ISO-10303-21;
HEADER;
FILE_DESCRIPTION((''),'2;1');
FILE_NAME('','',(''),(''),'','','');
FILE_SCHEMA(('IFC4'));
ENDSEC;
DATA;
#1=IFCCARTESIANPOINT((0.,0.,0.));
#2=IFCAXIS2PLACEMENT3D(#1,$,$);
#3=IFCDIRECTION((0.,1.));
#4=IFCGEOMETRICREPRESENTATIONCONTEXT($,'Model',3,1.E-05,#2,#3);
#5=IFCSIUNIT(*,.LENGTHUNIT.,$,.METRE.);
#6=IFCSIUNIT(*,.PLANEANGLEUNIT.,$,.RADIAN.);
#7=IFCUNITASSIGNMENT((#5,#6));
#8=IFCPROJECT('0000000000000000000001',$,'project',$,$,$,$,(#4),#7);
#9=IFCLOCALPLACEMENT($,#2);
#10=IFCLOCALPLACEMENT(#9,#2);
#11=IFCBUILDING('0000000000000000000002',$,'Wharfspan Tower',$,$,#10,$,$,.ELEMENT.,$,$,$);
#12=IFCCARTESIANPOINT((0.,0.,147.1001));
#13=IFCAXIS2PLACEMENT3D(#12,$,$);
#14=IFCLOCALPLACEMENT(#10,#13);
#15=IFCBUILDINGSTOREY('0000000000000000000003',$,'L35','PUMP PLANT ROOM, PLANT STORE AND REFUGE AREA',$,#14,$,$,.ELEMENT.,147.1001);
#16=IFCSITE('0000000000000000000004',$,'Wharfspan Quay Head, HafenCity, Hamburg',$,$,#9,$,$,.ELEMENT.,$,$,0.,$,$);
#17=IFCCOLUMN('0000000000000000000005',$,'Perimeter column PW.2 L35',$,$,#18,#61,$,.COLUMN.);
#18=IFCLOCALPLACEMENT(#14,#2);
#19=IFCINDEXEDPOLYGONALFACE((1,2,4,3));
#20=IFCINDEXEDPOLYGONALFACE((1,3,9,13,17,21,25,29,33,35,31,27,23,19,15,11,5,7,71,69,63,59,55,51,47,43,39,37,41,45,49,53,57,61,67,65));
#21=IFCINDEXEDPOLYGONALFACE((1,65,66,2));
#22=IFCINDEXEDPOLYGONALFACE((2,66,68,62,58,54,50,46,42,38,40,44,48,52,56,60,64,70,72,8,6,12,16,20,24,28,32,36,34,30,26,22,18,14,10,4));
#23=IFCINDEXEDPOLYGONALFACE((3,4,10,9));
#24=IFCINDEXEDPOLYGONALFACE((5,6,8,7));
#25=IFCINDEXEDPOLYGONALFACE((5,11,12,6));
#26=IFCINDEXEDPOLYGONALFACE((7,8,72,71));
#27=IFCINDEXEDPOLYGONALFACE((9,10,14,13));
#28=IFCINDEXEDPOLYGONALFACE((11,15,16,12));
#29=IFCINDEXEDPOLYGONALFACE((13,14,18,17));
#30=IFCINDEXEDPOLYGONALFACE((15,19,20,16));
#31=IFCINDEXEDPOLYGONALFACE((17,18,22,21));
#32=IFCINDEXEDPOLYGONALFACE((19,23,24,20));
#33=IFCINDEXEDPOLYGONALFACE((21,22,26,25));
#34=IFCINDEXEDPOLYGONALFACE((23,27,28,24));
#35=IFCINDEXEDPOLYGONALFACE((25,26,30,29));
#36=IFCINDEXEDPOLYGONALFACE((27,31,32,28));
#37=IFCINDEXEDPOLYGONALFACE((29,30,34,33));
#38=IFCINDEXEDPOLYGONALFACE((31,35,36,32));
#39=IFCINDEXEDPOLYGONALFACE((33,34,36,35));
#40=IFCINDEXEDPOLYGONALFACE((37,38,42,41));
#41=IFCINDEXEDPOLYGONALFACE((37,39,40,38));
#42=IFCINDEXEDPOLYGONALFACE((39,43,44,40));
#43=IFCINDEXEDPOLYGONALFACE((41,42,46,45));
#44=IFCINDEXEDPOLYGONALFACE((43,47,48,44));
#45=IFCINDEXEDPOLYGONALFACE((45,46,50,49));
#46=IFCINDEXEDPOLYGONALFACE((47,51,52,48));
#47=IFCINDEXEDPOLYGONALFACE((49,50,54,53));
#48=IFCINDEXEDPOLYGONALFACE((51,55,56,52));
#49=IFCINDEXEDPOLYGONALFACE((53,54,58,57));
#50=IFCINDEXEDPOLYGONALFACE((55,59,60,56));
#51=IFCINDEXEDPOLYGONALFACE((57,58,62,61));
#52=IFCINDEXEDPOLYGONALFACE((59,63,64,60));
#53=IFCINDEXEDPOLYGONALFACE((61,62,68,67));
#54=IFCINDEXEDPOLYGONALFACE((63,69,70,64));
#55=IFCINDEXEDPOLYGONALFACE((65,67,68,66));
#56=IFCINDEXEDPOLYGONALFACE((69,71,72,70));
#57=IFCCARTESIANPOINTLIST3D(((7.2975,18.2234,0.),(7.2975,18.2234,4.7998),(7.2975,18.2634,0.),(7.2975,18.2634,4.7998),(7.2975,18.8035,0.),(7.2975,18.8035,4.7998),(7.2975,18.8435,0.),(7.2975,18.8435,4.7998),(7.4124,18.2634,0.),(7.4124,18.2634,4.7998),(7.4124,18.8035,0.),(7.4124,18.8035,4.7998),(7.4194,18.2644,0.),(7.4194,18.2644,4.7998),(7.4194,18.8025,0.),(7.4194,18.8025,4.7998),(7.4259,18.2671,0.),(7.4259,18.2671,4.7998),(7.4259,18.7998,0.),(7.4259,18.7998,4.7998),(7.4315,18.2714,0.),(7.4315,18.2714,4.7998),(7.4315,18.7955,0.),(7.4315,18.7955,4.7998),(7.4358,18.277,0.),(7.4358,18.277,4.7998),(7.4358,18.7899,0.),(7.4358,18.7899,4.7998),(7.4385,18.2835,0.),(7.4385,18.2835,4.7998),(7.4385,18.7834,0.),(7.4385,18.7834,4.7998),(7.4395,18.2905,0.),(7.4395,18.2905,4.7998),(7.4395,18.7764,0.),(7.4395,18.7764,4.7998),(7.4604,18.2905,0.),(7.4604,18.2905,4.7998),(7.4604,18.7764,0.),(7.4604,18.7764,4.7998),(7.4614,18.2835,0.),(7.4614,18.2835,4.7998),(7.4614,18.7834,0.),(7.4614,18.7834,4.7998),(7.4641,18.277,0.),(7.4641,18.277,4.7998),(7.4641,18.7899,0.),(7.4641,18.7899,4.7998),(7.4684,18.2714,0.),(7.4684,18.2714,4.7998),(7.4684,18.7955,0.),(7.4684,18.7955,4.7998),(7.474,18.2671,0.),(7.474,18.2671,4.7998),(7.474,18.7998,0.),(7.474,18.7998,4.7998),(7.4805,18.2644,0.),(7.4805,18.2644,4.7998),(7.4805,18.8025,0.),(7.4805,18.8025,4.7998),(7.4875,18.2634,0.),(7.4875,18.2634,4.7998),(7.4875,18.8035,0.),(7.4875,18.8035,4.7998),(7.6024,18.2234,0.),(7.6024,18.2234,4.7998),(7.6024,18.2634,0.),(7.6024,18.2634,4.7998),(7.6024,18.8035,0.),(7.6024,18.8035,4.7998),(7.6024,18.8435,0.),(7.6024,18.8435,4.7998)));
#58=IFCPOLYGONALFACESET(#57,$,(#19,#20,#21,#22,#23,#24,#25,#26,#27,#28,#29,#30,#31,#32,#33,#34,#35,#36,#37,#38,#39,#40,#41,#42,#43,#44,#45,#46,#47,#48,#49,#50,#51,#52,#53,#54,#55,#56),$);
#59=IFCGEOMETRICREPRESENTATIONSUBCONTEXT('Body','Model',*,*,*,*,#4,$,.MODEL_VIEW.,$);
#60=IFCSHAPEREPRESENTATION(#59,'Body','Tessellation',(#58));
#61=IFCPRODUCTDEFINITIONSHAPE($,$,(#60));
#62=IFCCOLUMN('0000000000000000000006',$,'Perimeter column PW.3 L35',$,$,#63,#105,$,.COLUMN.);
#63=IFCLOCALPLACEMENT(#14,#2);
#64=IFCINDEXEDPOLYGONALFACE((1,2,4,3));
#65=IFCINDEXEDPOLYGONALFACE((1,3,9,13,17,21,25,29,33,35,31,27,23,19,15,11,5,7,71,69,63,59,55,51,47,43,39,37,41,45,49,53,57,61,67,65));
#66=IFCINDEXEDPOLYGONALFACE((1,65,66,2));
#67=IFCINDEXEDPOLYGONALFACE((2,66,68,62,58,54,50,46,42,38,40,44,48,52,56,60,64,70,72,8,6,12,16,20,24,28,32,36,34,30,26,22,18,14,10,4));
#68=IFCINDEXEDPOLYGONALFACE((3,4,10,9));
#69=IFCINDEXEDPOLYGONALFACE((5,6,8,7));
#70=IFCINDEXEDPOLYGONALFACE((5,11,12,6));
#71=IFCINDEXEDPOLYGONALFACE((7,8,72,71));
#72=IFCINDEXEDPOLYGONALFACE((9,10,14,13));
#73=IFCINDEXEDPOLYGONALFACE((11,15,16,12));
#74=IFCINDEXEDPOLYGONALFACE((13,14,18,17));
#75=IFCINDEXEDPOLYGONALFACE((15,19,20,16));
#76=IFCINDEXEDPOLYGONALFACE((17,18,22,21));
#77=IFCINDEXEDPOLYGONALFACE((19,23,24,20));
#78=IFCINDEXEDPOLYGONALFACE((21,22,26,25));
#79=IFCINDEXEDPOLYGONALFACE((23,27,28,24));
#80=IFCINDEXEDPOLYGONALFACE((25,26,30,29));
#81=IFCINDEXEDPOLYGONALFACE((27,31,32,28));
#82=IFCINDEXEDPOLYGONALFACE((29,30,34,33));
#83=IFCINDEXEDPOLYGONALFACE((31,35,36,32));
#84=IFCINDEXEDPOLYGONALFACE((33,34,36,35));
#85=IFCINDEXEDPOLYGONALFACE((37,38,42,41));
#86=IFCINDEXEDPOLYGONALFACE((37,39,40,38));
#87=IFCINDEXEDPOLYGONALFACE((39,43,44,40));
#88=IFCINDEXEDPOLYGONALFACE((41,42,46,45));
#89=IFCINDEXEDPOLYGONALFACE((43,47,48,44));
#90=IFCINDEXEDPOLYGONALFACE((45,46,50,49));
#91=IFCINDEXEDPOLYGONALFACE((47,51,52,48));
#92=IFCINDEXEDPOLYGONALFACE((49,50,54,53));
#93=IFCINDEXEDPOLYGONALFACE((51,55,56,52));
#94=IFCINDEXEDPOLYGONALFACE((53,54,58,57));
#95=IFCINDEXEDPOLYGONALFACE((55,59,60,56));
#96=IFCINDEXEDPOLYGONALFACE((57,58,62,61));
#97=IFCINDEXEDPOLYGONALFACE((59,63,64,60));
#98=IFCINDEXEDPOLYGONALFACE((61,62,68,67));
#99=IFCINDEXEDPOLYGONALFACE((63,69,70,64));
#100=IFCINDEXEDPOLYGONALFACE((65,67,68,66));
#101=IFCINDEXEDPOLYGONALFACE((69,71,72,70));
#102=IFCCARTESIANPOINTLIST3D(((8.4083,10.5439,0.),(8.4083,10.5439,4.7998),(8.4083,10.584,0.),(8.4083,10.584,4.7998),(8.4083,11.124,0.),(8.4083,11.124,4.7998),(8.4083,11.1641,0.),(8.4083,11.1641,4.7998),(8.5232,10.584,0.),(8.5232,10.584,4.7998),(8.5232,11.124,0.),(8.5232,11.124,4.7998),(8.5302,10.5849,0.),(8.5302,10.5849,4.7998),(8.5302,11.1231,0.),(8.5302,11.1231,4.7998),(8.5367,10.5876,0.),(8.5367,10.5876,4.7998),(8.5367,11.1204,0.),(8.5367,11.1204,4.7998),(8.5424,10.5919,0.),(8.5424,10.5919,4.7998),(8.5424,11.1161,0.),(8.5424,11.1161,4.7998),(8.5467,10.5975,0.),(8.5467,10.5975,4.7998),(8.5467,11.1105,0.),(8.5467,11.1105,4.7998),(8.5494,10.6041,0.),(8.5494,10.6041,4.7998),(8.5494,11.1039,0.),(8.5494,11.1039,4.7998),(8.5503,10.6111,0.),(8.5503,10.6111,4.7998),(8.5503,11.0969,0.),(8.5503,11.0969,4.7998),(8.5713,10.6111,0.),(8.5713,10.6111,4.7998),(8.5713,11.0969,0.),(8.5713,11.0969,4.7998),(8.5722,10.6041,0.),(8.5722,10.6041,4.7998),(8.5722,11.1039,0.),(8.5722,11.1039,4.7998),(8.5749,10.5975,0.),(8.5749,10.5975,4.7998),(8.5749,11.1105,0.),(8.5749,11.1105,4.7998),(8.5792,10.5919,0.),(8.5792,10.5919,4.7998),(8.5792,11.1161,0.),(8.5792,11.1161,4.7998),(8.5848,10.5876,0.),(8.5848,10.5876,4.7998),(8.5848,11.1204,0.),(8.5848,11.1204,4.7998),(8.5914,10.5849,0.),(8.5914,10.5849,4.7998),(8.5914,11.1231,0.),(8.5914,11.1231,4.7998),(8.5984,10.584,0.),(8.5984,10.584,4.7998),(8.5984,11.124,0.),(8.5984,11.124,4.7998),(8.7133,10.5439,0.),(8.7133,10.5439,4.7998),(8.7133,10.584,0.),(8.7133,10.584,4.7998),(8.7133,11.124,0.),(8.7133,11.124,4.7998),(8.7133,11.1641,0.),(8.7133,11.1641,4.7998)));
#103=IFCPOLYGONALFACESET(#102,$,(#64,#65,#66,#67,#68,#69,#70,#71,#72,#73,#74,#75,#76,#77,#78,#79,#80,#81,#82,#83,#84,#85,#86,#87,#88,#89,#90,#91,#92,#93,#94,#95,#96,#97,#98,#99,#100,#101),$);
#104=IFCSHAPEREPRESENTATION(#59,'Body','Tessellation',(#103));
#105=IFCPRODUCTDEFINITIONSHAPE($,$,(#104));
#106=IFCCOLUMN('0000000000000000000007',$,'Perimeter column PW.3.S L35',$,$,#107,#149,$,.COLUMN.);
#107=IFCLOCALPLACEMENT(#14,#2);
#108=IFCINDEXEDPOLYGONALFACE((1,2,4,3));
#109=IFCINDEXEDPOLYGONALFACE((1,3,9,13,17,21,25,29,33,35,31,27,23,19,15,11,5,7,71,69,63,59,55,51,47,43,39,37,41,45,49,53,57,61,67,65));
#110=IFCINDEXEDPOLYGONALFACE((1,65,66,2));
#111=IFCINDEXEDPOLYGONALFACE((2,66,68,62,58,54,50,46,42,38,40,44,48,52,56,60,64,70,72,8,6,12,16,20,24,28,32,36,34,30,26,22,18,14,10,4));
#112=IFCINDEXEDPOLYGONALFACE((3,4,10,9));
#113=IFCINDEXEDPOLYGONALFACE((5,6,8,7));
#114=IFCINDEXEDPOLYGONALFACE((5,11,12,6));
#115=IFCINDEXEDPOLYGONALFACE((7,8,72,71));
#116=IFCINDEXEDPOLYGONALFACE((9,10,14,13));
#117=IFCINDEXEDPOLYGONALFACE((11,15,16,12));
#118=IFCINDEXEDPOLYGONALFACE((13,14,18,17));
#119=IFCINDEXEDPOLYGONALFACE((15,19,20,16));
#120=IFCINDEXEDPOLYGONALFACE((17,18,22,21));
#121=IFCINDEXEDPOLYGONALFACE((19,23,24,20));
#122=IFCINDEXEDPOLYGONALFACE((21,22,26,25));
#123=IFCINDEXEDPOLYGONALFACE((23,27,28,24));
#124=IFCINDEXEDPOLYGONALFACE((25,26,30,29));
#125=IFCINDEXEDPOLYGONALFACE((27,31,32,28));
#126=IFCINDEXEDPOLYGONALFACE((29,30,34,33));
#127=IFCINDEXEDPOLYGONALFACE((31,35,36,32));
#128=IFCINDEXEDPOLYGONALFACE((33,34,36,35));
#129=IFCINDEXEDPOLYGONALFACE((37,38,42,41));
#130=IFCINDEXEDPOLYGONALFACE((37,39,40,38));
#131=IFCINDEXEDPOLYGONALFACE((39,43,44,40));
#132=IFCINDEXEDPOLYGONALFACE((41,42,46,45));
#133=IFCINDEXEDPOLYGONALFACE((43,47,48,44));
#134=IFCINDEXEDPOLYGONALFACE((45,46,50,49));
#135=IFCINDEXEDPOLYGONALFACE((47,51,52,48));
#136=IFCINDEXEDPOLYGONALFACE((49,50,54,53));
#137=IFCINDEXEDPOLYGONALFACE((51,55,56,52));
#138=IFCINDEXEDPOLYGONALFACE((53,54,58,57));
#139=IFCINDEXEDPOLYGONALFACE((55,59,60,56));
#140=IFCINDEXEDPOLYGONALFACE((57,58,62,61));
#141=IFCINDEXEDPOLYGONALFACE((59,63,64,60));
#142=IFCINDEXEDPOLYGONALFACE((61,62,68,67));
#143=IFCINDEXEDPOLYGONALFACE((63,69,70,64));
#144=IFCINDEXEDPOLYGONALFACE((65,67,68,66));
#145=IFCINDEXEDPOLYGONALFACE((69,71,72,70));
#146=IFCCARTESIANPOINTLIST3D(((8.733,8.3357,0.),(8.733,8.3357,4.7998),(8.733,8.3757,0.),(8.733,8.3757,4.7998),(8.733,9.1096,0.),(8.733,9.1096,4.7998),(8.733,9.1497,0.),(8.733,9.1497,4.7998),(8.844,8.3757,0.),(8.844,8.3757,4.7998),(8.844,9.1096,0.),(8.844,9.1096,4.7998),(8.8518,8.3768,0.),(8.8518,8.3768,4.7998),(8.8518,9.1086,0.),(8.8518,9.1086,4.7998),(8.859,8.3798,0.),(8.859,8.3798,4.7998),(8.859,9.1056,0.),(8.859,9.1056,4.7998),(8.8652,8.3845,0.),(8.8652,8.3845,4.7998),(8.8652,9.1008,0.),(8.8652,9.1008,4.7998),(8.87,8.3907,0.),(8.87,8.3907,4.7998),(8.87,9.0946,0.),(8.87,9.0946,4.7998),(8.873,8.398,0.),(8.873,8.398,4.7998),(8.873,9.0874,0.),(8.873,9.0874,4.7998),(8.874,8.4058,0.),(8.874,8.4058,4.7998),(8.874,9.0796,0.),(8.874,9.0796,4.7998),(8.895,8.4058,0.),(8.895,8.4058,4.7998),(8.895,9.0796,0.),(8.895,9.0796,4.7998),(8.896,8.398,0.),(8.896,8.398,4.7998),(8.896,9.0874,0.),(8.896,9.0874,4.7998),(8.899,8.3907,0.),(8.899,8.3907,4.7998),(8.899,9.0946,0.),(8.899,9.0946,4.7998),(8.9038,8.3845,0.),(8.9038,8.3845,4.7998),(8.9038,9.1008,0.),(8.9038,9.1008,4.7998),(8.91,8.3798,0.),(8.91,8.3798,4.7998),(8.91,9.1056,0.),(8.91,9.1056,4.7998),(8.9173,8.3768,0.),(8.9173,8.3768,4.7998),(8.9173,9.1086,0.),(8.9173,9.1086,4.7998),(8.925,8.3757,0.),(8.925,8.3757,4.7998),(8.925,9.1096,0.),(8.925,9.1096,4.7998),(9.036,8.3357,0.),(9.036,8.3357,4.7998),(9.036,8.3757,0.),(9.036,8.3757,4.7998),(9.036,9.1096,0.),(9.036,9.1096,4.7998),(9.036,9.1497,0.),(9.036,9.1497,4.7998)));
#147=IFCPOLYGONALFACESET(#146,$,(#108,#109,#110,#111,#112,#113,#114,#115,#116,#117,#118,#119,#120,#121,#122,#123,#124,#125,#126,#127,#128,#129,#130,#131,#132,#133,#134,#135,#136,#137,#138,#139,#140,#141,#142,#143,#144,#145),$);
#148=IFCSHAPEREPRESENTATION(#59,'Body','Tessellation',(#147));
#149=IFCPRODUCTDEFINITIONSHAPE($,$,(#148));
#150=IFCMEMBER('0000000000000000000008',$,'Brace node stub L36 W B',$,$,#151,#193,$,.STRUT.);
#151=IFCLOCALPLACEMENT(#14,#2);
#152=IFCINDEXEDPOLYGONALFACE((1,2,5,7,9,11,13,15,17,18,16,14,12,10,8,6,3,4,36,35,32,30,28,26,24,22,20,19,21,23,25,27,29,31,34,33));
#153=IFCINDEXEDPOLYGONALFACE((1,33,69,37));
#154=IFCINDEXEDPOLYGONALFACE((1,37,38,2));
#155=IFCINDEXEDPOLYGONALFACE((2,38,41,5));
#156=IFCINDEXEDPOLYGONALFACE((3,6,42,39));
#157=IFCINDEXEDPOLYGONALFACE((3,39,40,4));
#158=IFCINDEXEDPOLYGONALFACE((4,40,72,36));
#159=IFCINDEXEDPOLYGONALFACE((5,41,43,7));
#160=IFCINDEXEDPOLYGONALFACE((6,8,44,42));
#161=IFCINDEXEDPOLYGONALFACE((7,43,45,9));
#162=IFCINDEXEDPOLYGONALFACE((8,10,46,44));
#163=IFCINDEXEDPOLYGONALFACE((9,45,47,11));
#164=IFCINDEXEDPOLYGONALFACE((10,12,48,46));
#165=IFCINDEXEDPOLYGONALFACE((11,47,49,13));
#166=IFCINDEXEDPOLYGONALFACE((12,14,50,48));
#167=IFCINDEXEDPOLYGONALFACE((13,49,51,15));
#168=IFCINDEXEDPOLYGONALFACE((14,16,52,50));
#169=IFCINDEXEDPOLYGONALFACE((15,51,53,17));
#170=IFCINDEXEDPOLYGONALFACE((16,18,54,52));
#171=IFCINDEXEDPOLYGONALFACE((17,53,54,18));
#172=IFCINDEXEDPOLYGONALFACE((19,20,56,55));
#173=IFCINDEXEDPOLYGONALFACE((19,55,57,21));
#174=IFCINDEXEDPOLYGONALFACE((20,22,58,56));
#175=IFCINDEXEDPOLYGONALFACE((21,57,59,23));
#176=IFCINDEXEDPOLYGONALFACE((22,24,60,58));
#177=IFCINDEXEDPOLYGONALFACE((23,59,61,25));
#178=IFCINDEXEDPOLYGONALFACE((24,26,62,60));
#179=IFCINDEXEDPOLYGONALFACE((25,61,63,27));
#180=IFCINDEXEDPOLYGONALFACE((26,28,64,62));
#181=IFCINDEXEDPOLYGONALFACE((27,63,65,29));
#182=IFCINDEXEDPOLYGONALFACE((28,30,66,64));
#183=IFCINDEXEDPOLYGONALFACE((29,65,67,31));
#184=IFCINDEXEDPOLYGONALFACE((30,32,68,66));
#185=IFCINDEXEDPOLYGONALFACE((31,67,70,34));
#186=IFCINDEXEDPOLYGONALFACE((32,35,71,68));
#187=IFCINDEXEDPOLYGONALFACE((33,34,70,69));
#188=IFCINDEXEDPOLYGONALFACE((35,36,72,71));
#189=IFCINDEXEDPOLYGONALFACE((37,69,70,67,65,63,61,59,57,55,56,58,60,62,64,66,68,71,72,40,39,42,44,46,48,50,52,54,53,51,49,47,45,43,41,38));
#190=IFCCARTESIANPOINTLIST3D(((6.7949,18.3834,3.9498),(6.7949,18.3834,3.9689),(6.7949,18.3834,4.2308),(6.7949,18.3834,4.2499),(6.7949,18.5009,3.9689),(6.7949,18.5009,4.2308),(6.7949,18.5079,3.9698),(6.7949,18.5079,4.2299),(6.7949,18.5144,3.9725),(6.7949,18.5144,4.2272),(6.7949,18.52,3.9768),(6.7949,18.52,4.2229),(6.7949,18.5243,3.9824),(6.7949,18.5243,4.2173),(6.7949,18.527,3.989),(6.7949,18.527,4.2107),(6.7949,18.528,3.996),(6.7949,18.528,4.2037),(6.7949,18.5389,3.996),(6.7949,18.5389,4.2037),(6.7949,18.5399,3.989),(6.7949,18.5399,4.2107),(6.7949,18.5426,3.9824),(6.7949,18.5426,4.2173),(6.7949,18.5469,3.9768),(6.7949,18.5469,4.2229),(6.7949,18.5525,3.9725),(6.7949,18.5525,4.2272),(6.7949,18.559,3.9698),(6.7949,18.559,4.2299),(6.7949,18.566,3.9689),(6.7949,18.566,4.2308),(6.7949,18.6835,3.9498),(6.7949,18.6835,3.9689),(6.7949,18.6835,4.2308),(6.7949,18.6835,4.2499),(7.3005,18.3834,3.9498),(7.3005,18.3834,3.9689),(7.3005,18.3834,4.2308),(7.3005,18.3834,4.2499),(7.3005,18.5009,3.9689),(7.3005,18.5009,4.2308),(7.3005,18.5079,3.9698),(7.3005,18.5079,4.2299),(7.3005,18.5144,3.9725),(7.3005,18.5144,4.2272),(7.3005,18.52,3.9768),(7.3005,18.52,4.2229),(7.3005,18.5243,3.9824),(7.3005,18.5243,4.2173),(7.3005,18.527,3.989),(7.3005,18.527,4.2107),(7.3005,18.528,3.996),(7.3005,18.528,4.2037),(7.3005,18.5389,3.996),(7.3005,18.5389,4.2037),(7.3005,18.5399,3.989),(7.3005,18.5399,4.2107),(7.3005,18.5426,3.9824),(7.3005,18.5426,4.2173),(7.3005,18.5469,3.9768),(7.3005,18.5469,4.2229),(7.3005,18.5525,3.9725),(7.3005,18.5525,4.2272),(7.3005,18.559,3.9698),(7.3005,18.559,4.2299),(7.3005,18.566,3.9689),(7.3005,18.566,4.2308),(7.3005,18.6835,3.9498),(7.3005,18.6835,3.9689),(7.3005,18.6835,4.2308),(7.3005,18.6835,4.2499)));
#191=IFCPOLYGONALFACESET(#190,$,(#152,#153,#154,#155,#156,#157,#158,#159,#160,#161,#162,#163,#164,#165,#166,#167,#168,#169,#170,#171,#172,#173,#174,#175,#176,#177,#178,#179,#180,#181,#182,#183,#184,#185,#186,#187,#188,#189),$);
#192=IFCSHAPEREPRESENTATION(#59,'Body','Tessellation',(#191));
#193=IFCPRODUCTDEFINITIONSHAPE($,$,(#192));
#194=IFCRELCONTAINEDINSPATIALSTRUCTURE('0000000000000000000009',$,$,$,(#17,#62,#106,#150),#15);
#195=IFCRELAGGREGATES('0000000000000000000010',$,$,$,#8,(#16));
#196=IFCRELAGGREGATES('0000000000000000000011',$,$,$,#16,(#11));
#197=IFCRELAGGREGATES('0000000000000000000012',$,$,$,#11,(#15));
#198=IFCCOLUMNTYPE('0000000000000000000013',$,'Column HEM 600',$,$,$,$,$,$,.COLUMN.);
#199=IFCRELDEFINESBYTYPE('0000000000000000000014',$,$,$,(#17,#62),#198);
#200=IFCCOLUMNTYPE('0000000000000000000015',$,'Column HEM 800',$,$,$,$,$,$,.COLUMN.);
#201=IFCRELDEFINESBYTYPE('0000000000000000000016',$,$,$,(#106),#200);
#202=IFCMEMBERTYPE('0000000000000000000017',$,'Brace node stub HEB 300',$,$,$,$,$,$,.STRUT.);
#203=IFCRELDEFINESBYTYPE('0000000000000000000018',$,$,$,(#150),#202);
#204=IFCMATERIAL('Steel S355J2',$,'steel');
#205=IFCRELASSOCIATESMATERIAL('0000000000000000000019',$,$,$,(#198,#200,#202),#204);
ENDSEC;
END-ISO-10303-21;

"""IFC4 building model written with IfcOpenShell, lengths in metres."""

from ifc_helpers import new_model, si_unit, direction, frame, origin, origin_2d, place, context, subcontext, project, spatial, i_section, extrude, material, material_profile, profile_set, type_object, element, save


model = new_model("IFC4")

# Units and contexts
model_context = context("Model", 3, precision=1e-05, world=origin(), true_north=direction((0.0, 1.0)))
body_context = subcontext(model_context, "Body", "Model", "MODEL_VIEW")
ifc_project = project(units=[si_unit("LENGTHUNIT", "METRE"), si_unit("PLANEANGLEUNIT", "RADIAN")], contexts=[model_context])

# Site, building, storey
site_placement = place(None, origin())
site = spatial("IfcSite", under=ifc_project, at=site_placement, Name="Wharfspan Quay Head, HafenCity, Hamburg", CompositionType="ELEMENT", RefElevation=0.0)
building_placement = place(site_placement, origin())
building = spatial("IfcBuilding", under=site, at=building_placement, Name="Wharfspan Tower", CompositionType="ELEMENT")
storey_placement = place(building_placement, frame((0.0, 0.0, 147.1001)))
storey = spatial("IfcBuildingStorey", under=building, at=storey_placement, Name="L35", Description="PUMP PLANT ROOM, PLANT STORE AND REFUGE AREA", CompositionType="ELEMENT", Elevation=147.1001)

# Columns
ifc_material_1 = material(Name="Steel S355J2", Category="steel")
ifc_material_profile_1 = material_profile(ifc_material_1, i_section(OverallWidth=0.3049, OverallDepth=0.6201, WebThickness=0.021, FlangeThickness=0.04, FilletRadius=0.0271, at=origin_2d()))
ifc_profile_set_1 = profile_set([ifc_material_profile_1], Name="Steel S355J2")
column_type_1 = type_object("IfcColumnType", Name="Column HEM 600", PredefinedType="COLUMN", material=ifc_profile_set_1)
for number, where, z_axis, x_axis, name in (
    (1, (7.45, 18.5334, 0.0), (0.0, 0.0, 1.0), (-1.0, 0.0, 0.0), "Perimeter column PW.2 L35"),
    (2, (8.5608, 10.854, 0.0), (0.0, 0.0, 1.0), (-1.0, 0.0, 0.0), "Perimeter column PW.3 L35"),
):
    element("IfcColumn", number, at=place(storey_placement, frame(where, z_axis=z_axis, x_axis=x_axis)), inside=storey, type_object=column_type_1, Name=name, PredefinedType="COLUMN", context=body_context, shape_type="SweptSolid", body=[
        extrude(i_section(OverallWidth=0.3049, OverallDepth=0.6201, WebThickness=0.021, FlangeThickness=0.04, FilletRadius=0.0271, at=origin_2d()), origin(), (0.0, 0.0, 1.0), 4.7998),
    ])
ifc_material_profile_2 = material_profile(ifc_material_1, i_section(OverallWidth=0.303, OverallDepth=0.814, WebThickness=0.021, FlangeThickness=0.04, FilletRadius=0.03, at=origin_2d()))
ifc_profile_set_2 = profile_set([ifc_material_profile_2], Name="Steel S355J2")
column_type_2 = type_object("IfcColumnType", Name="Column HEM 800", PredefinedType="COLUMN", material=ifc_profile_set_2)
column_placement = place(storey_placement, frame((8.8845, 8.7427, 0.0), z_axis=(0.0, 0.0, 1.0), x_axis=(-1.0, 0.0, 0.0)))
element("IfcColumn", 3, at=column_placement, inside=storey, type_object=column_type_2, Name="Perimeter column PW.3.S L35", PredefinedType="COLUMN", context=body_context, shape_type="SweptSolid", body=[
    extrude(i_section(OverallWidth=0.303, OverallDepth=0.814, WebThickness=0.021, FlangeThickness=0.04, FilletRadius=0.03, at=origin_2d()), origin(), (0.0, 0.0, 1.0), 4.7998),
])

# Member
ifc_material_profile_3 = material_profile(ifc_material_1, i_section(OverallWidth=0.3, OverallDepth=0.3, WebThickness=0.011, FlangeThickness=0.019, FilletRadius=0.0271, at=origin_2d()))
ifc_profile_set_3 = profile_set([ifc_material_profile_3], Name="Steel S355J2")
member_type_1 = type_object("IfcMemberType", Name="Brace node stub HEB 300", PredefinedType="STRUT", material=ifc_profile_set_3)
member_1_placement = place(storey_placement, frame((7.3005, 18.5334, 4.0999), z_axis=(-1.0, 0.0, 0.0), x_axis=(0.0, -1.0, 0.0)))
element("IfcMember", 4, at=member_1_placement, inside=storey, type_object=member_type_1, Name="Brace node stub L36 W B", PredefinedType="STRUT", context=body_context, shape_type="SweptSolid", body=[
    extrude(i_section(OverallWidth=0.3, OverallDepth=0.3, WebThickness=0.011, FlangeThickness=0.019, FilletRadius=0.0271, at=origin_2d()), origin(), (0.0, 0.0, 1.0), 0.5056),
])

save(model, "model.ifc")
